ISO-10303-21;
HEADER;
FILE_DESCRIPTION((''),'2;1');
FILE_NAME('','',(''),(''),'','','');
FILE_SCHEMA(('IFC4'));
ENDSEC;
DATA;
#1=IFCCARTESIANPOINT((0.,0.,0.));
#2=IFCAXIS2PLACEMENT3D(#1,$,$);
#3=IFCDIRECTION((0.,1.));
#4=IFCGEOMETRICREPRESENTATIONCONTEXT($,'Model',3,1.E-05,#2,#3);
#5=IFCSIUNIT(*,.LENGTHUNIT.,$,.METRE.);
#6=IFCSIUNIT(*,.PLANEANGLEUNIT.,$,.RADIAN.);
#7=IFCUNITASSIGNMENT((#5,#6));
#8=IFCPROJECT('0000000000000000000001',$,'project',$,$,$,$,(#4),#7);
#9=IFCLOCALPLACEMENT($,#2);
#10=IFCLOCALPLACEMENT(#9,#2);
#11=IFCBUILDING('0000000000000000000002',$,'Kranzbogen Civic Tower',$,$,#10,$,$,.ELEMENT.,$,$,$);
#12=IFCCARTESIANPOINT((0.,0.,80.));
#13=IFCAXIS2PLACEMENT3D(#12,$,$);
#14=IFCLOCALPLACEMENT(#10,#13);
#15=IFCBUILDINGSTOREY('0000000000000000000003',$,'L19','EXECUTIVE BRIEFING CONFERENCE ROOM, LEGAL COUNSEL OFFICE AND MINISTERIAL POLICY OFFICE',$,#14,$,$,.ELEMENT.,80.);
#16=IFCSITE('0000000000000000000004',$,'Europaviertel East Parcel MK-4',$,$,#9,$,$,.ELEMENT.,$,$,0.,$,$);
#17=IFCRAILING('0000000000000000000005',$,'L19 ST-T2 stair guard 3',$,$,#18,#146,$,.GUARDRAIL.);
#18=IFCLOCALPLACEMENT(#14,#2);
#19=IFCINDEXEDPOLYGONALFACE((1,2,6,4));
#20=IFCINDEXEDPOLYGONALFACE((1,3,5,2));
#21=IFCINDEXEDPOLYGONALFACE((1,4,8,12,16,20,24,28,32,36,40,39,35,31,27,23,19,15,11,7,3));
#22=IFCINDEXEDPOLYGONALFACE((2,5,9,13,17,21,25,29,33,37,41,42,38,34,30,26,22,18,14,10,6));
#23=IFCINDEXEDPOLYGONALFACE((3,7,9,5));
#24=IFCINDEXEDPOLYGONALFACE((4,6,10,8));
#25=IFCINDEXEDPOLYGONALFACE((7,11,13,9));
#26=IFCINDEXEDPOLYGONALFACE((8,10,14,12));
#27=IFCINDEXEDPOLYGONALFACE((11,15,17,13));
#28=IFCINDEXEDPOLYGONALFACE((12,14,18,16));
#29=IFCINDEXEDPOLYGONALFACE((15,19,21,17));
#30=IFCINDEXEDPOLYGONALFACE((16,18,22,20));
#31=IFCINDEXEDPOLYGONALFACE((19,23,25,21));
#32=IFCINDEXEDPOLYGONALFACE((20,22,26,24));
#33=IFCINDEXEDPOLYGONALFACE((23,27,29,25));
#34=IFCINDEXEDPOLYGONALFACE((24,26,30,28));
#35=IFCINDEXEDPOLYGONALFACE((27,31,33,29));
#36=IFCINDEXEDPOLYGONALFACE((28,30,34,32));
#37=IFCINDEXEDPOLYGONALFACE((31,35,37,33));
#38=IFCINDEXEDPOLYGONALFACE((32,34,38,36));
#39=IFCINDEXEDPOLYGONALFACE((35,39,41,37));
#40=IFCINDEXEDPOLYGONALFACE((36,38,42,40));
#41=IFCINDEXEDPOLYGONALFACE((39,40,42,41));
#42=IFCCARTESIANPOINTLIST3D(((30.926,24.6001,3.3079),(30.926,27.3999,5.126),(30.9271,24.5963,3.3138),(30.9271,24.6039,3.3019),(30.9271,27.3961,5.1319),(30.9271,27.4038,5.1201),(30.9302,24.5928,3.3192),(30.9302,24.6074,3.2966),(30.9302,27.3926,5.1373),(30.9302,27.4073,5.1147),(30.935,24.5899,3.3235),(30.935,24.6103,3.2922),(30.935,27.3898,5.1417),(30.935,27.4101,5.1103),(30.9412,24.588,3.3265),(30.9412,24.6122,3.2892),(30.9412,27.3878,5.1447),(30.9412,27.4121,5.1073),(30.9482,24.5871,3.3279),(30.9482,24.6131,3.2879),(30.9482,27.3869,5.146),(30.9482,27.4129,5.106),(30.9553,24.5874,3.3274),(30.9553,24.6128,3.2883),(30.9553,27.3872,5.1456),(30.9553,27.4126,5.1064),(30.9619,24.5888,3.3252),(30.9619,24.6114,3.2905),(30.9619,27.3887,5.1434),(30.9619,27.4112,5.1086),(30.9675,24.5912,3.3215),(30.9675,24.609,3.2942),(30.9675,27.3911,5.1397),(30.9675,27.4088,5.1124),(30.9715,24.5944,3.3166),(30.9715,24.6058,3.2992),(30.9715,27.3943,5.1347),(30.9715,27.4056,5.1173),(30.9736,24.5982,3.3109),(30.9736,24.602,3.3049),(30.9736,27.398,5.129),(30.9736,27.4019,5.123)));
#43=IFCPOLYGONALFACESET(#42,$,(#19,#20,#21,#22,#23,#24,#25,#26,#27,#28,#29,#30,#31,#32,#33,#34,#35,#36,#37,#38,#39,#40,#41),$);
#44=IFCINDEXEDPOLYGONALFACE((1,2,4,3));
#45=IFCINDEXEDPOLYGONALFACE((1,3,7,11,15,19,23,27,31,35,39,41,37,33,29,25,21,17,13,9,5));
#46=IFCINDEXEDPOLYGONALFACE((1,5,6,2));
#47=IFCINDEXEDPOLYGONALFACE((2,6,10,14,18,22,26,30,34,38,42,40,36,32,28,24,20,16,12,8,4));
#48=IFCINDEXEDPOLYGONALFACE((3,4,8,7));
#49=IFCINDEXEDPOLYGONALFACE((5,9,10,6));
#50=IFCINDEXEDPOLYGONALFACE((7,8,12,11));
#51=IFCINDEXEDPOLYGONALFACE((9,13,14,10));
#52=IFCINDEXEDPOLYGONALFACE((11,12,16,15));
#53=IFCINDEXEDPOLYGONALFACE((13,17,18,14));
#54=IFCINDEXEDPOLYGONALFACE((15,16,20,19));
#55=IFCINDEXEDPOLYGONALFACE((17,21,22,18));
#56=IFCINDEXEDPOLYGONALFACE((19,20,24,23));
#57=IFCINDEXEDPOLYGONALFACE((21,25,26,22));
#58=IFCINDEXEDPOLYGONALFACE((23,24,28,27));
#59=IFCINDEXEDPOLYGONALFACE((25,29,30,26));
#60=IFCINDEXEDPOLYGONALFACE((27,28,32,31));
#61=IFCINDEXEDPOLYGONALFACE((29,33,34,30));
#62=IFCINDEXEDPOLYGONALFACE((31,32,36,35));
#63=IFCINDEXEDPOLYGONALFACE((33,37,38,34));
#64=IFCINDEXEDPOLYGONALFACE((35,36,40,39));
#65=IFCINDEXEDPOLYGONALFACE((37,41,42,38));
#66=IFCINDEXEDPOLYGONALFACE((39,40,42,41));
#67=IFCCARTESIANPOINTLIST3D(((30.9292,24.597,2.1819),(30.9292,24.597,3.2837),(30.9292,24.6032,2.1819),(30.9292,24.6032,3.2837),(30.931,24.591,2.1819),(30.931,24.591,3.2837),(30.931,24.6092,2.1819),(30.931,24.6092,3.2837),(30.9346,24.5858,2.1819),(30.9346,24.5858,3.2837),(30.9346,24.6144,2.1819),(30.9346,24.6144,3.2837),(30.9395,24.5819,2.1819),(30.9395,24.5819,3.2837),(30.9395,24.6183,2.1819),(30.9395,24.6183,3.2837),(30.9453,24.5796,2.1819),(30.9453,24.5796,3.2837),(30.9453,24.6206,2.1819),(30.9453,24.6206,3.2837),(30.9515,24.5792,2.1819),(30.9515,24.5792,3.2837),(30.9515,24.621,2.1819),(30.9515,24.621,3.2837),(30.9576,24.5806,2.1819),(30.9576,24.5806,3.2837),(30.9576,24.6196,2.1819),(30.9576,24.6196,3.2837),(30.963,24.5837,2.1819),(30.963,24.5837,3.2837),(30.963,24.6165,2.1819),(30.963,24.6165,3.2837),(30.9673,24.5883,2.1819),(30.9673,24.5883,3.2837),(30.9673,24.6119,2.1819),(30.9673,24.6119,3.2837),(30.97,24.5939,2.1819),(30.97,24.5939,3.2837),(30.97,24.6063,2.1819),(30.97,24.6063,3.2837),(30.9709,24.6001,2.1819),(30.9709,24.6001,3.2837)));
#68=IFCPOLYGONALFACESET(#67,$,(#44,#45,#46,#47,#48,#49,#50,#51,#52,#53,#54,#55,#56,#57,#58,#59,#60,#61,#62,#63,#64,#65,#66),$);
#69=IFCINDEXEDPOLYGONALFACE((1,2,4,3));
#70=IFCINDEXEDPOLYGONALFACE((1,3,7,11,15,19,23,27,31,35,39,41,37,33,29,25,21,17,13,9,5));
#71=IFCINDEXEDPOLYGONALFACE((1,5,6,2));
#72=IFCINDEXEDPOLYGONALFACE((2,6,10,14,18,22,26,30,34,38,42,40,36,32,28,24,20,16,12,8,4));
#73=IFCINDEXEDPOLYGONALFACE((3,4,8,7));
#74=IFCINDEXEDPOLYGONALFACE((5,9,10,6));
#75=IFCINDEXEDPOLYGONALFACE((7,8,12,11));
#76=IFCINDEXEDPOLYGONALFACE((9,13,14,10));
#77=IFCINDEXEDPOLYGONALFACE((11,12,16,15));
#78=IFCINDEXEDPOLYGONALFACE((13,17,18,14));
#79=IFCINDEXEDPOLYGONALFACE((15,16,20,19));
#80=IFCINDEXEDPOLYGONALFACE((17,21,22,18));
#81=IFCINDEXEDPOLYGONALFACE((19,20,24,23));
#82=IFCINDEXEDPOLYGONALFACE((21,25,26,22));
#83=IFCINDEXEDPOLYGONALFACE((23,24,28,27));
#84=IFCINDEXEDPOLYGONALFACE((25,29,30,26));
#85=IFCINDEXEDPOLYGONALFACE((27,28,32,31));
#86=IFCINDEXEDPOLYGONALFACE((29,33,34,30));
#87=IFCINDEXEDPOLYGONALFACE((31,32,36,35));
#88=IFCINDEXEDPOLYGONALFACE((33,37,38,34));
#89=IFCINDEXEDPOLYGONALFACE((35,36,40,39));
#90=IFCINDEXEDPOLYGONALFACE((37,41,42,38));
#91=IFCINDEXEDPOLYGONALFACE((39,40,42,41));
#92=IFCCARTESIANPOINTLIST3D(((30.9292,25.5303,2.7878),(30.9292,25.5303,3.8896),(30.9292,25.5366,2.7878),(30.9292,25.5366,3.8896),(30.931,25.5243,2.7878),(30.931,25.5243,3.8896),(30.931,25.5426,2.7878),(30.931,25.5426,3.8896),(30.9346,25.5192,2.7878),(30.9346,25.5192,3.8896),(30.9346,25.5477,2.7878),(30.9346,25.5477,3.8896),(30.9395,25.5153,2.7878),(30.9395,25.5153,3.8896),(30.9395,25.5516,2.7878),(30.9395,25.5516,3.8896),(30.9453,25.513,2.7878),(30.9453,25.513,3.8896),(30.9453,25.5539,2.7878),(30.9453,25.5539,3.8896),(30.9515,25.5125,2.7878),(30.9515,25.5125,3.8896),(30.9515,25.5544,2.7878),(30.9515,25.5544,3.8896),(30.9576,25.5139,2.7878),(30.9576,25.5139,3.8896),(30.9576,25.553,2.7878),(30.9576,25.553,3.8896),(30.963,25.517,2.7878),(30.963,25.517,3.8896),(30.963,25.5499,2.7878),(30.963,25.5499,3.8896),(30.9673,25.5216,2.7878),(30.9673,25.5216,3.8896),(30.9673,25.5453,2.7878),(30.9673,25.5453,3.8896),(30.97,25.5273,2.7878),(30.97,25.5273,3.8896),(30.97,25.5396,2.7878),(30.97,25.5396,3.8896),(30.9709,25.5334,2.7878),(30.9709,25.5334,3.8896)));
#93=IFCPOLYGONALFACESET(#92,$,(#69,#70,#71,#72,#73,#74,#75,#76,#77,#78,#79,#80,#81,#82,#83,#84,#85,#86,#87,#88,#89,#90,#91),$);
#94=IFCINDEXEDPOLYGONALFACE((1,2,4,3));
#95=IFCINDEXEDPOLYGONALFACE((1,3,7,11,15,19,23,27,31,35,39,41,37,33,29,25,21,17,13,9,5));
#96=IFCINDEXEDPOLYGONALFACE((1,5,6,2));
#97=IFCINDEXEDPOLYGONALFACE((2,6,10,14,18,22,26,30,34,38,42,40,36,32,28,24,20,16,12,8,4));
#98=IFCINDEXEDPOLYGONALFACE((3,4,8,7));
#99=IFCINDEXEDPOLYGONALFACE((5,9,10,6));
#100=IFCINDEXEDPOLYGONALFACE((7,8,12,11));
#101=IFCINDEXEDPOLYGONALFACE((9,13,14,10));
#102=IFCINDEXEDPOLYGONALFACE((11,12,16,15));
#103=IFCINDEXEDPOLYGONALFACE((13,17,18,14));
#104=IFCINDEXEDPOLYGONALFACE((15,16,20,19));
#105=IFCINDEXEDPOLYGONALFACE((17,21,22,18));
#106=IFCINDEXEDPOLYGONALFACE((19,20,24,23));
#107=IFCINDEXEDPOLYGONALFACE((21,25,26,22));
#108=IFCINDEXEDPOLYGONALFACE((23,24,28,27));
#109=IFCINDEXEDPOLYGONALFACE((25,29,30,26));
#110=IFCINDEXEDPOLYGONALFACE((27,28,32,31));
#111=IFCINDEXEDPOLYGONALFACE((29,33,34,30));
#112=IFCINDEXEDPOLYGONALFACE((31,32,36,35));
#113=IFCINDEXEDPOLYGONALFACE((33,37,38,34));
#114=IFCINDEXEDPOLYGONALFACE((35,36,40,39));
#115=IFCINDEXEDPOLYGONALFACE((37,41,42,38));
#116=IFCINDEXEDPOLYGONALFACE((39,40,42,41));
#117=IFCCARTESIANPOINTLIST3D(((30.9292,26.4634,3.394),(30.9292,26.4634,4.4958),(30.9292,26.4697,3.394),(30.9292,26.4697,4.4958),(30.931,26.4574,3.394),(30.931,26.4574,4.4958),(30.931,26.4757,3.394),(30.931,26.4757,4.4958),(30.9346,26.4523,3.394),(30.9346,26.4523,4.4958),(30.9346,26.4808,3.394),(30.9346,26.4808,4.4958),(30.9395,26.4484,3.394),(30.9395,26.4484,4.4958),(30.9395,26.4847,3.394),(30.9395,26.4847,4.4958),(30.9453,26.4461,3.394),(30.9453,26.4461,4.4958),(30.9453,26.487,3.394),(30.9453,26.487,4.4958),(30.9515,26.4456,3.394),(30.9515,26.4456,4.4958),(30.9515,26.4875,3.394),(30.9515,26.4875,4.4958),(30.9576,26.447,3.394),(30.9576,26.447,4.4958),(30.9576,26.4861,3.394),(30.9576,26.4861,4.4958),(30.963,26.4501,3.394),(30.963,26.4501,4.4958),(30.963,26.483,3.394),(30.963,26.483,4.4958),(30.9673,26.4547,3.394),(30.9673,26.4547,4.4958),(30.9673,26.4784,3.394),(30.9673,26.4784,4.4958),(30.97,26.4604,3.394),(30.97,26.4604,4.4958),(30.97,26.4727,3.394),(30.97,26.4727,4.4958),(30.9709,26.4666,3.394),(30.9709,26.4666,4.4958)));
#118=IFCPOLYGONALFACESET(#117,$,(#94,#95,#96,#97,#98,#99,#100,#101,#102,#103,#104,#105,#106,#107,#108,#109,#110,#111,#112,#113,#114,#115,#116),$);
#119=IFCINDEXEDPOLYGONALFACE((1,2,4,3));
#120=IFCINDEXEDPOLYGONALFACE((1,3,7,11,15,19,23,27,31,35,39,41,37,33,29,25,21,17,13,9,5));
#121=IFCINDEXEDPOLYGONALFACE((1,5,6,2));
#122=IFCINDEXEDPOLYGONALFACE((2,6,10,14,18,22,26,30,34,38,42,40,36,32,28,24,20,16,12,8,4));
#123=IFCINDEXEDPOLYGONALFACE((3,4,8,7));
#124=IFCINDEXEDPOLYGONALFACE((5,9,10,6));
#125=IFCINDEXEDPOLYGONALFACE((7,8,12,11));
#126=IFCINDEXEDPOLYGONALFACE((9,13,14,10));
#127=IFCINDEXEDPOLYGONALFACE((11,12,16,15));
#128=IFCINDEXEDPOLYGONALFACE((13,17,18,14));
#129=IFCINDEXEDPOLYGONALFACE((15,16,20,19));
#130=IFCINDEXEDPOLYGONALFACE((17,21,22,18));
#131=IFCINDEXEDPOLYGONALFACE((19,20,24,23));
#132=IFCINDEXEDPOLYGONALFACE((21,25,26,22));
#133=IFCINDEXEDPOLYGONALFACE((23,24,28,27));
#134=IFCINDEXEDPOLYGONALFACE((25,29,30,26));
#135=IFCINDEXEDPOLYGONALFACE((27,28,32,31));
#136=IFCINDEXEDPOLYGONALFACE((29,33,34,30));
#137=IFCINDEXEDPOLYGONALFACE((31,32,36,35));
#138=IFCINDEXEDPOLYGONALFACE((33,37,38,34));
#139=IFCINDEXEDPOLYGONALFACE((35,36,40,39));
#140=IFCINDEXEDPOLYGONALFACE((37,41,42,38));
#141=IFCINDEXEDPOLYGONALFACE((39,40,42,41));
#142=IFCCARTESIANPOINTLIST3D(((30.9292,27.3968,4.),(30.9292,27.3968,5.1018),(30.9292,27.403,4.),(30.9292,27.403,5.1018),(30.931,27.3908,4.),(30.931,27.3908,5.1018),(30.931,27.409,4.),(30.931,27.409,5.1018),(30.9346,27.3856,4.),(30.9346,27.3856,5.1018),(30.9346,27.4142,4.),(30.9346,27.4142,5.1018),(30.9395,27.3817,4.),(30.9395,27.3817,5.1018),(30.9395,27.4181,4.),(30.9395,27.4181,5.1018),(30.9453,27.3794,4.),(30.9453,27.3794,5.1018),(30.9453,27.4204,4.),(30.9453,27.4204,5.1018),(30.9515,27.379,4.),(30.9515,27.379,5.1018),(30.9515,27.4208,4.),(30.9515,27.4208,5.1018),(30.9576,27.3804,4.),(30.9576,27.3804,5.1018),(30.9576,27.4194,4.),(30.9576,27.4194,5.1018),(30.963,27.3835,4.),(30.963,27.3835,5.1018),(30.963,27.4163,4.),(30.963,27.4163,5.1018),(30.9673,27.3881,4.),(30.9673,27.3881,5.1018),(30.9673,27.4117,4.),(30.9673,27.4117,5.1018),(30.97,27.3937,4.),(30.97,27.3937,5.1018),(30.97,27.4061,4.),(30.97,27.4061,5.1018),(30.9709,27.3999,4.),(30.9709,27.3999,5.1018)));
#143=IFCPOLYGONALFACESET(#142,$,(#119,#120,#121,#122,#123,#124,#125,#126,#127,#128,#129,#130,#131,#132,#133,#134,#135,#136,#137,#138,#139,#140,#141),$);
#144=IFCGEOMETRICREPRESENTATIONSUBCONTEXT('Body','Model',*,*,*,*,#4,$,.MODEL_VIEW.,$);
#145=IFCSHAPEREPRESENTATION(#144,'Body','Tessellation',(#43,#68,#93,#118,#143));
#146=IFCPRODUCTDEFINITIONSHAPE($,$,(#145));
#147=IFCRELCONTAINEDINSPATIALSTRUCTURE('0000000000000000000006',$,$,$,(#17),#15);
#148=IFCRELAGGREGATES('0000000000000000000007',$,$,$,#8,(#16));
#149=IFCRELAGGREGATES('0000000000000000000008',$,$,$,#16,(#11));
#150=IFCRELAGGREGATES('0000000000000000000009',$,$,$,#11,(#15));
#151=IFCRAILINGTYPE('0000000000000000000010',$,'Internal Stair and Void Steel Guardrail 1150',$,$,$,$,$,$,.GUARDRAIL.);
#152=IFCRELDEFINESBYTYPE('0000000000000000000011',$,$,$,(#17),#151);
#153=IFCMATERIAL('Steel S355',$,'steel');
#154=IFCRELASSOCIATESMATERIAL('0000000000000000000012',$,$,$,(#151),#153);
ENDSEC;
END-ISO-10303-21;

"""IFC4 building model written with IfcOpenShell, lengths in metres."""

from ifc_helpers import new_model, si_unit, direction, frame, origin, origin_2d, place, context, subcontext, project, spatial, circle, extrude, material, type_object, element, save


model = new_model("IFC4")

# Units and contexts
model_context = context("Model", 3, precision=1e-05, world=origin(), true_north=direction((0.0, 1.0)))
body_context = subcontext(model_context, "Body", "Model", "MODEL_VIEW")
ifc_project = project(units=[si_unit("LENGTHUNIT", "METRE"), si_unit("PLANEANGLEUNIT", "RADIAN")], contexts=[model_context])

# Site, building, storey
site_placement = place(None, origin())
site = spatial("IfcSite", under=ifc_project, at=site_placement, Name="Europaviertel East Parcel MK-4", CompositionType="ELEMENT", RefElevation=0.0)
building_placement = place(site_placement, origin())
building = spatial("IfcBuilding", under=site, at=building_placement, Name="Kranzbogen Civic Tower", CompositionType="ELEMENT")
storey_placement = place(building_placement, frame((0.0, 0.0, 80.0)))
storey = spatial("IfcBuildingStorey", under=building, at=storey_placement, Name="L19", Description="EXECUTIVE BRIEFING CONFERENCE ROOM, LEGAL COUNSEL OFFICE AND MINISTERIAL POLICY OFFICE", CompositionType="ELEMENT", Elevation=80.0)

# Shared definitions
ifc_material_1 = material(Name="Steel S355", Category="steel")

# Railing
railing_type = type_object("IfcRailingType", Name="Internal Stair and Void Steel Guardrail 1150", PredefinedType="GUARDRAIL", material=ifc_material_1)
railing_1_placement = place(storey_placement, frame((30.95, 24.6001, 2.1819)))
element("IfcRailing", 1, at=railing_1_placement, inside=storey, type_object=railing_type, Name="L19 ST-T2 stair guard 3", PredefinedType="GUARDRAIL", context=body_context, shape_type="SweptSolid", body=[
    extrude(circle(Radius=0.0239, at=origin_2d()), frame((0.0, 0.0, 1.126), z_axis=(0.0, 0.838684, 0.544618), x_axis=(-1.0, 0.0, 0.0)), (0.0, 0.0, 1.0), 3.3384),
    extrude(circle(Radius=0.021, at=origin_2d()), origin(), (0.0, 0.0, 1.0), 1.1018),
    extrude(circle(Radius=0.021, at=origin_2d()), frame((0.0, 0.9333, 0.606)), (0.0, 0.0, 1.0), 1.1018),
    extrude(circle(Radius=0.021, at=origin_2d()), frame((0.0, 1.8665, 1.2122)), (0.0, 0.0, 1.0), 1.1018),
    extrude(circle(Radius=0.021, at=origin_2d()), frame((0.0, 2.7998, 1.8181)), (0.0, 0.0, 1.0), 1.1018),
])

save(model, "model.ifc")
